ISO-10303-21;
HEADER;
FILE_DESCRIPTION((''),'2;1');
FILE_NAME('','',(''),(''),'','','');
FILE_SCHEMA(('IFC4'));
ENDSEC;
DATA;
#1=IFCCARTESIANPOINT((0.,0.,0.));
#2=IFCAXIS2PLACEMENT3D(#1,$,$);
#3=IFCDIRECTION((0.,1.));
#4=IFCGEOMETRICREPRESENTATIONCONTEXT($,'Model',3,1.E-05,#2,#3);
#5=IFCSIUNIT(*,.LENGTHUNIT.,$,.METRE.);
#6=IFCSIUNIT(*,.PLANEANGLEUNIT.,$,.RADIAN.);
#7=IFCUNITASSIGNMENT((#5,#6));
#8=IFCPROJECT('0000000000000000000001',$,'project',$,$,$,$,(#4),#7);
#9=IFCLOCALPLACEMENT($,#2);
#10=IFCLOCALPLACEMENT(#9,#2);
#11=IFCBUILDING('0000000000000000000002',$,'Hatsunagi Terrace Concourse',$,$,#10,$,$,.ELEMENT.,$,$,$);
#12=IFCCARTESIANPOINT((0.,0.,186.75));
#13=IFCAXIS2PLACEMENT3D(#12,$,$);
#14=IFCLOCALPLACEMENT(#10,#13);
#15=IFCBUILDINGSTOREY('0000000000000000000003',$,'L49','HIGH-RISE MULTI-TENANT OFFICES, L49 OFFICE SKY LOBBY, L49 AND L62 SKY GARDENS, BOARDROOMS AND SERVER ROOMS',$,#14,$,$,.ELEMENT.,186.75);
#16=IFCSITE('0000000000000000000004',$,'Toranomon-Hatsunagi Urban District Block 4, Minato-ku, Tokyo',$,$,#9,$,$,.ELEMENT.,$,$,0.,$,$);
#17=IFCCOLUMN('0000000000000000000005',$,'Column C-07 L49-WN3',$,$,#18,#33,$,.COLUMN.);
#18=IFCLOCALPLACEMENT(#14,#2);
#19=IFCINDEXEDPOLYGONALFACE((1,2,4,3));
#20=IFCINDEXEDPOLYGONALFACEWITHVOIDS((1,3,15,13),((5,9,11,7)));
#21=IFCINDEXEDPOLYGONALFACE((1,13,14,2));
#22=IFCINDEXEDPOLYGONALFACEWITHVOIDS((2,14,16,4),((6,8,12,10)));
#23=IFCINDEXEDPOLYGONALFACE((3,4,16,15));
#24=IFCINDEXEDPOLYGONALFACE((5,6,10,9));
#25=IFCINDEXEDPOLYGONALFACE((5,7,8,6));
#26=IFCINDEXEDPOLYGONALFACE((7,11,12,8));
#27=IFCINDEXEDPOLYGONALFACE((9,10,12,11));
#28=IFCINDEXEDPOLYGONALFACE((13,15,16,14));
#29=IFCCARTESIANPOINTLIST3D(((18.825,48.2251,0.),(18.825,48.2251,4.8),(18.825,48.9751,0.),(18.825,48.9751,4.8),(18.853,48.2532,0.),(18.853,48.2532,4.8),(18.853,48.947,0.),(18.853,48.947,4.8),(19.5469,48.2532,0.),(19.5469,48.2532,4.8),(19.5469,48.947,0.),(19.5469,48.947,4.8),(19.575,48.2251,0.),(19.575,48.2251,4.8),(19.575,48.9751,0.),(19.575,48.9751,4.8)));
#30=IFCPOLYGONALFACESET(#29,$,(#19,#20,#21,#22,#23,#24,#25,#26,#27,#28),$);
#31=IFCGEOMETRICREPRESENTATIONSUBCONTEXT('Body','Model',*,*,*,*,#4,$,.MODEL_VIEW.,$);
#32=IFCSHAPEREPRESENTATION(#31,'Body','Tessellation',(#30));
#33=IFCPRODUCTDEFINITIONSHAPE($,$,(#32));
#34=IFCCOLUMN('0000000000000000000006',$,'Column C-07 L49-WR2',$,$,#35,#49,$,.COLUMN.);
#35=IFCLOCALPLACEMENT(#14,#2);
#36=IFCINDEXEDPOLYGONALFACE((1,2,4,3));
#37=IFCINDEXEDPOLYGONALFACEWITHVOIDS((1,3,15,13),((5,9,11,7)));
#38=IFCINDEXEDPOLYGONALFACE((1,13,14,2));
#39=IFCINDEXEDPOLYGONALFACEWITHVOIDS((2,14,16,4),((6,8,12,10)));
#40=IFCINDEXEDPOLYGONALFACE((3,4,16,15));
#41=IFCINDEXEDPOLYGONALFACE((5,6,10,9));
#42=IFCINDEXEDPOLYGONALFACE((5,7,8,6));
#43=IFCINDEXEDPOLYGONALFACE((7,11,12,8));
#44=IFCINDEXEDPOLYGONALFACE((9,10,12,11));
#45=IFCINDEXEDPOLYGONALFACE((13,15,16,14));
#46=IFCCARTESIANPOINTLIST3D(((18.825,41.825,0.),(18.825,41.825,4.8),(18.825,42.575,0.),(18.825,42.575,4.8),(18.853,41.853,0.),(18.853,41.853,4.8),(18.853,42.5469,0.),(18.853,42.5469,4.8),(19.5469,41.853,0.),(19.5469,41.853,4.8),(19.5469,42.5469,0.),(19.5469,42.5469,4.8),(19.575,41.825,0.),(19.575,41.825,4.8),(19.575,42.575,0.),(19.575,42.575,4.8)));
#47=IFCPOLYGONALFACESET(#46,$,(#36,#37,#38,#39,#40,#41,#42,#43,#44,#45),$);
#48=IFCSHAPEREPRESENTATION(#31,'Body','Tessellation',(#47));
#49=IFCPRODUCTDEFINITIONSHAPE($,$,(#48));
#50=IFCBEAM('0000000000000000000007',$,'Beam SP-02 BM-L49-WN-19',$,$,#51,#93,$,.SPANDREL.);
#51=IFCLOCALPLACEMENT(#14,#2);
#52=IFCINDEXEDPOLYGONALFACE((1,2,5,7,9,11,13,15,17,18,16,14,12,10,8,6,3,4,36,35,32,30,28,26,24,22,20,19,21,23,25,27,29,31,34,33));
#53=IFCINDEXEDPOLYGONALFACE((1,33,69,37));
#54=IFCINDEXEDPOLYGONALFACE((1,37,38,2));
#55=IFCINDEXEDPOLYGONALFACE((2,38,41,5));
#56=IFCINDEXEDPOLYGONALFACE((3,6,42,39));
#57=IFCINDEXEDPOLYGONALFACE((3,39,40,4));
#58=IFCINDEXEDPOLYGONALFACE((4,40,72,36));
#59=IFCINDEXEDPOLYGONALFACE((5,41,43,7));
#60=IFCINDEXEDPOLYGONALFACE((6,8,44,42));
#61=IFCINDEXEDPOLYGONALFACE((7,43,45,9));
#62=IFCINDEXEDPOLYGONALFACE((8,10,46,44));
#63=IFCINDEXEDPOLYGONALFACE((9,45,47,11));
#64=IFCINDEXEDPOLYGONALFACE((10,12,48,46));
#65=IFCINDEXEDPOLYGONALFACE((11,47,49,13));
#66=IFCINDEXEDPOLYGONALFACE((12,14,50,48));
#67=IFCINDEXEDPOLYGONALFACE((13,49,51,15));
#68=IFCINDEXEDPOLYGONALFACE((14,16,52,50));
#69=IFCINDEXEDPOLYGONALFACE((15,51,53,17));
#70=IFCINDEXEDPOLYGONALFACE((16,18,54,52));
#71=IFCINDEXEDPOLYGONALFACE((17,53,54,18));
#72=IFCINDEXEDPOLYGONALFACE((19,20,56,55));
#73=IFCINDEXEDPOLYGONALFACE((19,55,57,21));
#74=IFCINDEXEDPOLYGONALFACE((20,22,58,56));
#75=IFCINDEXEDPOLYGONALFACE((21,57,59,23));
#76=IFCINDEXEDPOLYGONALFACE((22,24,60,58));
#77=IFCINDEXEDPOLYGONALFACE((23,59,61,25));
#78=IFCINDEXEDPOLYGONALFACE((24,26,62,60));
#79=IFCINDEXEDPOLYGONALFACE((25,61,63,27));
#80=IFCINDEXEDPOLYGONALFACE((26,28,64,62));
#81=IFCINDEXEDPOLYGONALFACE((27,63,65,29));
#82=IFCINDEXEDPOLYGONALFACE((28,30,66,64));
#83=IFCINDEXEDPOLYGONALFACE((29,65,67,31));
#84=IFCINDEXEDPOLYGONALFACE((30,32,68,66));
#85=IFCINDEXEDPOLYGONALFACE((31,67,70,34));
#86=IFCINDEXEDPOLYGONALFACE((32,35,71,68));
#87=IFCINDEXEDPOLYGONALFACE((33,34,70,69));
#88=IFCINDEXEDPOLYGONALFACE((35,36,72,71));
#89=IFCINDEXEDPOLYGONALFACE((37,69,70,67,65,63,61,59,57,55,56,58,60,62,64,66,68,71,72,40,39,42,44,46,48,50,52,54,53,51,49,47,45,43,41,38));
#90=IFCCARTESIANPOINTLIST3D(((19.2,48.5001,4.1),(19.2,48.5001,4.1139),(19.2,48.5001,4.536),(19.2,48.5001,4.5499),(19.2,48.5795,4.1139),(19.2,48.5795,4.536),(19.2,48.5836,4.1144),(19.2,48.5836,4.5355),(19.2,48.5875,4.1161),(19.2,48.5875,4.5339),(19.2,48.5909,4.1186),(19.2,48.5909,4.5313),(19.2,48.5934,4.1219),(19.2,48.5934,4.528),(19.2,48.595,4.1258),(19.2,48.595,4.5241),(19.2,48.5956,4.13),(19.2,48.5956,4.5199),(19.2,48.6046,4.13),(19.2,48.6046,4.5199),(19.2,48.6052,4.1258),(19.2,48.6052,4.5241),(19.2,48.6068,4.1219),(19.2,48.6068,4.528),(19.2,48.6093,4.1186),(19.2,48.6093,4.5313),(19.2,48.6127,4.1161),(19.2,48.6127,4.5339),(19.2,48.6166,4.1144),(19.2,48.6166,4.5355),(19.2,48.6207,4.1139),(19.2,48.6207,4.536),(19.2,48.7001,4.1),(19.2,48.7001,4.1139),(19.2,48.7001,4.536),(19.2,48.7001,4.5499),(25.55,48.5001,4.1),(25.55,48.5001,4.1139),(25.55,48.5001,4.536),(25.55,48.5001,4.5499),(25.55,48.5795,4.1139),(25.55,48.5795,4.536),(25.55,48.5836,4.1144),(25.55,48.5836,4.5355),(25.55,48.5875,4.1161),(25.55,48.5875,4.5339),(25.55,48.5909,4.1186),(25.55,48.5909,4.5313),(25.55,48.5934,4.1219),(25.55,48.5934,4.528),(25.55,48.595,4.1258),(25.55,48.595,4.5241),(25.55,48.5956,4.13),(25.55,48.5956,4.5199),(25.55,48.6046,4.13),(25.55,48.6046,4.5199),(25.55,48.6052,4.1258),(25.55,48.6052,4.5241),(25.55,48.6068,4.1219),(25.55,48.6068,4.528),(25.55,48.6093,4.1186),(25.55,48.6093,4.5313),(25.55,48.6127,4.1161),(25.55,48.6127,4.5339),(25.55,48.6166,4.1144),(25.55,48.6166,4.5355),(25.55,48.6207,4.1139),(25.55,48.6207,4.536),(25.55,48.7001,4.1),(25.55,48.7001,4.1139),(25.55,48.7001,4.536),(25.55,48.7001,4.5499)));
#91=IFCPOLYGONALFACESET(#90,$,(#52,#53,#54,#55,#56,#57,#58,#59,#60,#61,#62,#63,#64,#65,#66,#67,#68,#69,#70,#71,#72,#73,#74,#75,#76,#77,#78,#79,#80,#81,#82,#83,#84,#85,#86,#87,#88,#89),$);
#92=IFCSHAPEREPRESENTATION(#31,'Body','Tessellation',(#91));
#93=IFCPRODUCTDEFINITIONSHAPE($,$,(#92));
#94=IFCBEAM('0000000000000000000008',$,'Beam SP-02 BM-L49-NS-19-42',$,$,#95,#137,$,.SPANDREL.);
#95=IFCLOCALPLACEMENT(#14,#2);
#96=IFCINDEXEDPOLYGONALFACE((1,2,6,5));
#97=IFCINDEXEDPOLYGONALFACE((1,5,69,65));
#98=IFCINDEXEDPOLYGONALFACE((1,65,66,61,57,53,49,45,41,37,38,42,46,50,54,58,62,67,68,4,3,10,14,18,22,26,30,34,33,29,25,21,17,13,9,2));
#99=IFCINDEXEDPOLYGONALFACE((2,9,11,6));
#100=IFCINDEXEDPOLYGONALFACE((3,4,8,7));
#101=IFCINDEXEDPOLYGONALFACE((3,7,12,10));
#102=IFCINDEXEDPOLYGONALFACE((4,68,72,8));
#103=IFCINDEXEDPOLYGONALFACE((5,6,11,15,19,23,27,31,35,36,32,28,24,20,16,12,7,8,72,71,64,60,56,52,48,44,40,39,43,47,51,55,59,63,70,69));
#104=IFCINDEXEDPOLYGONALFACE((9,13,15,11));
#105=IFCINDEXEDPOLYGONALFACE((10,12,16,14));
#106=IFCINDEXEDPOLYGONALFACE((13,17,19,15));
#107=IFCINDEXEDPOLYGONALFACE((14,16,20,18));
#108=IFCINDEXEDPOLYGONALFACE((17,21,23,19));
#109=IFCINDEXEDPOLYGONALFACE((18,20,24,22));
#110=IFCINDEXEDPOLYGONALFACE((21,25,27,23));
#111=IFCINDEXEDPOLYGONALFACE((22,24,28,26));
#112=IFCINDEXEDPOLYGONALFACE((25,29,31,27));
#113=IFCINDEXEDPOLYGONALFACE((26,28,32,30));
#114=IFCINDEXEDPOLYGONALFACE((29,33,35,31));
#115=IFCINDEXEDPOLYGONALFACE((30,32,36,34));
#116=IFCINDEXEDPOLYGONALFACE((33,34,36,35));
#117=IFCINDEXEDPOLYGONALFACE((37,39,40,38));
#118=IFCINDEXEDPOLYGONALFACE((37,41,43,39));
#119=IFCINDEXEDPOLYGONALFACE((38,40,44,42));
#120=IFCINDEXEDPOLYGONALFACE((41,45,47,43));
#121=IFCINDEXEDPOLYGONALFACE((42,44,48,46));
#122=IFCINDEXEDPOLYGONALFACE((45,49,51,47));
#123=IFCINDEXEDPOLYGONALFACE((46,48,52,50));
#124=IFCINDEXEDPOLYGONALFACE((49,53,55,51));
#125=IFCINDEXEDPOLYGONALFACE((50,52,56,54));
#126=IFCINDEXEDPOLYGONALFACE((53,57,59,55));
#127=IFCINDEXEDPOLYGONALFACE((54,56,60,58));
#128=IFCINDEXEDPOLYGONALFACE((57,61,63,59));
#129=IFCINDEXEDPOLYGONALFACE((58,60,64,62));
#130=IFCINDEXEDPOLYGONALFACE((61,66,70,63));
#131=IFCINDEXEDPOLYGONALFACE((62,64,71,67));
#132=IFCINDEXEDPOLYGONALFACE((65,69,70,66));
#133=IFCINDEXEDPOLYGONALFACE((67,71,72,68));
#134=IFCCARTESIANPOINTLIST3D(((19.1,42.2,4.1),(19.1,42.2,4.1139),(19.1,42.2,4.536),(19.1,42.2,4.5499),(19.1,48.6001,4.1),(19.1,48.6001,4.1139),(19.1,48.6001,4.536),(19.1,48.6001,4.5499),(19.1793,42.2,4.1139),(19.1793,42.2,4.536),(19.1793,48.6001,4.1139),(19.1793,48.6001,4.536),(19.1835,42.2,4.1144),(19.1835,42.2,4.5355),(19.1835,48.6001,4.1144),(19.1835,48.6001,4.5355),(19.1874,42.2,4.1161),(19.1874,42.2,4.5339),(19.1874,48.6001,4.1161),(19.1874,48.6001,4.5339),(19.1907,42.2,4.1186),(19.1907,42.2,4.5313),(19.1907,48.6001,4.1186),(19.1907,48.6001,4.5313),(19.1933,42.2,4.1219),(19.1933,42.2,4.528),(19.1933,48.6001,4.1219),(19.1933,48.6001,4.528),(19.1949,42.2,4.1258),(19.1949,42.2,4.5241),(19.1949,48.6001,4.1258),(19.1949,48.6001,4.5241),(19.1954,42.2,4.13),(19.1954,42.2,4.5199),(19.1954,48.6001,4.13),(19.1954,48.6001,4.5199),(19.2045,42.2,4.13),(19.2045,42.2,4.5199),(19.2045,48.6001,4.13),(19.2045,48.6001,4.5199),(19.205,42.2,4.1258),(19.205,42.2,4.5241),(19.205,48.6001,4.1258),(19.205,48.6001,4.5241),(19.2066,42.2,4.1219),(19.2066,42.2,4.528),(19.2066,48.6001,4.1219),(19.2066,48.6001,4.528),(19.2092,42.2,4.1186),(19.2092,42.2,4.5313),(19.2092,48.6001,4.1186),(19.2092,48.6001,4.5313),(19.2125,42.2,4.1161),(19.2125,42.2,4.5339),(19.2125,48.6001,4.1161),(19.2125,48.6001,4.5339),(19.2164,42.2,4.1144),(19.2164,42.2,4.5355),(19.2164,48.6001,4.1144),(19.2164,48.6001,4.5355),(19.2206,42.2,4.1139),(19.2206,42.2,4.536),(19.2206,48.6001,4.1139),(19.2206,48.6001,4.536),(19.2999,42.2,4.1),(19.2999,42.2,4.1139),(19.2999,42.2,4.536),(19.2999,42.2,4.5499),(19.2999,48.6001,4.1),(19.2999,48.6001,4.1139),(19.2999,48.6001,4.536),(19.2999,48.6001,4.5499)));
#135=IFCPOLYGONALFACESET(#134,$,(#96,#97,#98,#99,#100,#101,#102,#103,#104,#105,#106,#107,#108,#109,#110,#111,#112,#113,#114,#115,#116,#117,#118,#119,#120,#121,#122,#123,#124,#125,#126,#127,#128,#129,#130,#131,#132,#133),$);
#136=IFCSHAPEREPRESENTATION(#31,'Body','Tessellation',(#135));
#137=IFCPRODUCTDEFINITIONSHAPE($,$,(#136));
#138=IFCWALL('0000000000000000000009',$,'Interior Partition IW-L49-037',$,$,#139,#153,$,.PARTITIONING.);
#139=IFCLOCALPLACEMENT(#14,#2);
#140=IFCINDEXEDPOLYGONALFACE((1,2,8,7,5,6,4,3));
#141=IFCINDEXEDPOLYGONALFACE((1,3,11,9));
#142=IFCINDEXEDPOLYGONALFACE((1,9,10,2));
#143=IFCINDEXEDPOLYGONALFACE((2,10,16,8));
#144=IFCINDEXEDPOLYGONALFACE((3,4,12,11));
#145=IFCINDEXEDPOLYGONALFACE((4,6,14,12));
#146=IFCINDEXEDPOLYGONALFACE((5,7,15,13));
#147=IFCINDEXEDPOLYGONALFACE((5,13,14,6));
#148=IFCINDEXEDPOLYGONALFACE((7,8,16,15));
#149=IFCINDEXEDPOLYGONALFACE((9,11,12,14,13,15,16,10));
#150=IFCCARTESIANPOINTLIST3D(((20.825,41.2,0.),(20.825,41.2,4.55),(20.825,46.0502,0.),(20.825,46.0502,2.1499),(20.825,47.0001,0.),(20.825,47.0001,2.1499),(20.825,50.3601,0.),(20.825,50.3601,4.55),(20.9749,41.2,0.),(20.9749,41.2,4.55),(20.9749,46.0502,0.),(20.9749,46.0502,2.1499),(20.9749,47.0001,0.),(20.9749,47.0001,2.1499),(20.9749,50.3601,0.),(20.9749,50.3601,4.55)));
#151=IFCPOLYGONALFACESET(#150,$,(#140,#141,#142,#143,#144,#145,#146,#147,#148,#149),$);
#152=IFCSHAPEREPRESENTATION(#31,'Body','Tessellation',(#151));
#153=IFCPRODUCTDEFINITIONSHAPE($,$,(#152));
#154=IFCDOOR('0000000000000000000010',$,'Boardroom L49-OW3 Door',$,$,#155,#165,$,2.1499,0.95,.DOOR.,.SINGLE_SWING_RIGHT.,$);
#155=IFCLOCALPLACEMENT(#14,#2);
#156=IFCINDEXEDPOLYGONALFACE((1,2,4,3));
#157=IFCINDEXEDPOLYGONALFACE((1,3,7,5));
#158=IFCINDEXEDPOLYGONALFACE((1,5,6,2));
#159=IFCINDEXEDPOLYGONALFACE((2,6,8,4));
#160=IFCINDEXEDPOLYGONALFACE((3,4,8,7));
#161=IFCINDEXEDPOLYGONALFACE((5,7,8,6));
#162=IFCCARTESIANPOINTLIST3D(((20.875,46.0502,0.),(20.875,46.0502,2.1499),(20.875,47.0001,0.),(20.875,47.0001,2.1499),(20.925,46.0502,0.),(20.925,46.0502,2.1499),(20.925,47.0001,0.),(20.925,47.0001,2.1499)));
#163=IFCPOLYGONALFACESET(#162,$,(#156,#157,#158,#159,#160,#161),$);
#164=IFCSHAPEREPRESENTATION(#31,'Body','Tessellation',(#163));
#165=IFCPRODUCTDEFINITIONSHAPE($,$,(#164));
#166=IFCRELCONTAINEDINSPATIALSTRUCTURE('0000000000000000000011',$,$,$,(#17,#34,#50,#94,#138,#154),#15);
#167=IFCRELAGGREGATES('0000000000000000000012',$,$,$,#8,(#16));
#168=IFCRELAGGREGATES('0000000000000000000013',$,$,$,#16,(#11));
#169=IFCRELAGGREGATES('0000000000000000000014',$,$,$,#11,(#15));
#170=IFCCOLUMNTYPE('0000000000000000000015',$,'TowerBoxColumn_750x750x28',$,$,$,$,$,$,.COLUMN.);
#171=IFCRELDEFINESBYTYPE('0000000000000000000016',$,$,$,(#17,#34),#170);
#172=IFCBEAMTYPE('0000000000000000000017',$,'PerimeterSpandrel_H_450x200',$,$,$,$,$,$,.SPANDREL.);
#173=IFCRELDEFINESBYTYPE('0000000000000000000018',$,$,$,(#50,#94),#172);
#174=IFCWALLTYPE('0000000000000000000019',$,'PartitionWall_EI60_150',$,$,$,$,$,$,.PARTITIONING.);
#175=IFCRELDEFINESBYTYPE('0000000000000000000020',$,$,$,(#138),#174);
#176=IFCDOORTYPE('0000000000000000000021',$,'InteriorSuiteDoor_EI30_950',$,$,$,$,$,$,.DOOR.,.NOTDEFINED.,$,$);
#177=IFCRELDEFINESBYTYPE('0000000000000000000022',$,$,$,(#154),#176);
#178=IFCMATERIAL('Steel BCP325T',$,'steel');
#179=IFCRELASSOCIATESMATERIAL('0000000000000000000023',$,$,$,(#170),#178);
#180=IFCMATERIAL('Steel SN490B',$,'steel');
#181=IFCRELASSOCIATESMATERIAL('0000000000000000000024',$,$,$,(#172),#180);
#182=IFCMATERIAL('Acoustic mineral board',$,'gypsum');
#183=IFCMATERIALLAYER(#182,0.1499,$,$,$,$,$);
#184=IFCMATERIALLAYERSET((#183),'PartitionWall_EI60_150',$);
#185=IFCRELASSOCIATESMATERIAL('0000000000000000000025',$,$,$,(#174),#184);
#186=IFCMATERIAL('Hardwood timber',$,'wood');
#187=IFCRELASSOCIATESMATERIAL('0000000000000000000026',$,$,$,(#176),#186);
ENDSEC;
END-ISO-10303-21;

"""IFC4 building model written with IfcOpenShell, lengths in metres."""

from ifc_helpers import new_model, si_unit, direction, frame, frame_2d, origin, origin_2d, place, context, subcontext, project, spatial, rectangle, hollow_rectangle, i_section, extrude, material, layer, layer_set, material_profile, profile_set, type_object, element, fill, save


model = new_model("IFC4")

# Units and contexts
model_context = context("Model", 3, precision=1e-05, world=origin(), true_north=direction((0.0, 1.0)))
body_context = subcontext(model_context, "Body", "Model", "MODEL_VIEW")
ifc_project = project(units=[si_unit("LENGTHUNIT", "METRE"), si_unit("PLANEANGLEUNIT", "RADIAN")], contexts=[model_context])

# Site, building, storey
site_placement = place(None, origin())
site = spatial("IfcSite", under=ifc_project, at=site_placement, Name="Toranomon-Hatsunagi Urban District Block 4, Minato-ku, Tokyo", CompositionType="ELEMENT", RefElevation=0.0)
building_placement = place(site_placement, origin())
building = spatial("IfcBuilding", under=site, at=building_placement, Name="Hatsunagi Terrace Concourse", CompositionType="ELEMENT")
storey_placement = place(building_placement, frame((0.0, 0.0, 186.75)))
storey = spatial("IfcBuildingStorey", under=building, at=storey_placement, Name="L49", Description="HIGH-RISE MULTI-TENANT OFFICES, L49 OFFICE SKY LOBBY, L49 AND L62 SKY GARDENS, BOARDROOMS AND SERVER ROOMS", CompositionType="ELEMENT", Elevation=186.75)

# Columns
ifc_material_1 = material(Name="Steel BCP325T", Category="steel")
ifc_material_profile_1 = material_profile(ifc_material_1, hollow_rectangle(XDim=0.75, YDim=0.75, WallThickness=0.0281, at=origin_2d()), Name="BCP-750x750x28")
ifc_profile_set_1 = profile_set([ifc_material_profile_1], Name="Steel BCP325T")
column_type = type_object("IfcColumnType", Name="TowerBoxColumn_750x750x28", PredefinedType="COLUMN", material=ifc_profile_set_1)
for number, where, z_axis, x_axis, name in (
    (1, (19.2, 48.6001, 0.0), (0.0, 0.0, 1.0), (1.0, 0.0, 0.0), "Column C-07 L49-WN3"),
    (2, (19.2, 42.2, 0.0), (0.0, 0.0, 1.0), (1.0, 0.0, 0.0), "Column C-07 L49-WR2"),
):
    element("IfcColumn", number, at=place(storey_placement, frame(where, z_axis=z_axis, x_axis=x_axis)), inside=storey, type_object=column_type, Name=name, PredefinedType="COLUMN", context=body_context, shape_type="SweptSolid", body=[
        extrude(hollow_rectangle(XDim=0.75, YDim=0.75, WallThickness=0.0281, at=origin_2d()), origin(), (0.0, 0.0, 1.0), 4.8),
    ])

# Beams
ifc_material_2 = material(Name="Steel SN490B", Category="steel")
ifc_material_profile_2 = material_profile(ifc_material_2, i_section(OverallWidth=0.2, OverallDepth=0.45, WebThickness=0.009, FlangeThickness=0.0139, FilletRadius=0.0161, at=origin_2d()), Name="H-450x200x9x14")
ifc_profile_set_2 = profile_set([ifc_material_profile_2], Name="Steel SN490B")
beam_type = type_object("IfcBeamType", Name="PerimeterSpandrel_H_450x200", PredefinedType="SPANDREL", material=ifc_profile_set_2)
beam_1_placement = place(storey_placement, frame((19.2, 48.6001, 4.325), z_axis=(1.0, 0.0, 0.0), x_axis=(0.0, 1.0, 0.0)))
element("IfcBeam", 3, at=beam_1_placement, inside=storey, type_object=beam_type, Name="Beam SP-02 BM-L49-WN-19", PredefinedType="SPANDREL", context=body_context, shape_type="SweptSolid", body=[
    extrude(i_section(OverallWidth=0.2, OverallDepth=0.45, WebThickness=0.009, FlangeThickness=0.0139, FilletRadius=0.0161, at=origin_2d()), origin(), (0.0, 0.0, 1.0), 6.3501),
])
beam_2_placement = place(storey_placement, frame((19.2, 42.2, 4.325), z_axis=(0.0, 1.0, 0.0), x_axis=(-1.0, 0.0, 0.0)))
element("IfcBeam", 4, at=beam_2_placement, inside=storey, type_object=beam_type, Name="Beam SP-02 BM-L49-NS-19-42", PredefinedType="SPANDREL", context=body_context, shape_type="SweptSolid", body=[
    extrude(i_section(OverallWidth=0.2, OverallDepth=0.45, WebThickness=0.009, FlangeThickness=0.0139, FilletRadius=0.0161, at=origin_2d()), origin(), (0.0, 0.0, 1.0), 6.4001),
])

# Wall, opening, door
ifc_material_3 = material(Name="Acoustic mineral board", Category="gypsum")
ifc_layer_1 = layer(ifc_material_3, 0.1499)
ifc_layer_set_1 = layer_set([ifc_layer_1], Name="PartitionWall_EI60_150")
wall_type_1 = type_object("IfcWallType", Name="PartitionWall_EI60_150", PredefinedType="PARTITIONING", material=ifc_layer_set_1)
wall_1_placement = place(storey_placement, frame((20.8999, 41.2, 0.0), z_axis=(0.0, 0.0, 1.0), x_axis=(0.0, 1.0, 0.0)))
wall_1 = element("IfcWall", 5, at=wall_1_placement, inside=storey, type_object=wall_type_1, Name="Interior Partition IW-L49-037", PredefinedType="PARTITIONING", context=body_context, shape_type="SweptSolid", body=[
    extrude(rectangle(XDim=9.1602, YDim=0.1499, at=frame_2d((4.5801, 0.0))), origin(), (0.0, 0.0, 1.0), 4.55),
])
opening_1_placement = place(wall_1_placement, frame((4.8501, 0.0, 0.0)))
opening_1 = element("IfcOpeningElement", 6, at=opening_1_placement, cuts=wall_1, PredefinedType="OPENING", context=body_context, shape_type="SweptSolid", body=[
    extrude(rectangle(XDim=0.95, YDim=2.1499, at=frame_2d((0.4751, 1.075))), frame((0.0, 0.085, 0.0), z_axis=(0.0, -1.0, 0.0), x_axis=(1.0, 0.0, 0.0)), (0.0, 0.0, 1.0), 0.1699),
])
ifc_material_4 = material(Name="Hardwood timber", Category="wood")
door_type_1 = type_object("IfcDoorType", Name="InteriorSuiteDoor_EI30_950", OperationType="NOTDEFINED", PredefinedType="DOOR", material=ifc_material_4)
door_1_placement = place(opening_1_placement, origin())
door_1 = element("IfcDoor", 7, at=door_1_placement, inside=storey, type_object=door_type_1, Name="Boardroom L49-OW3 Door", OperationType="SINGLE_SWING_RIGHT", OverallHeight=2.1499, OverallWidth=0.95, PredefinedType="DOOR", context=body_context, shape_type="SweptSolid", body=[
    extrude(rectangle(XDim=0.95, YDim=2.1499, at=frame_2d((0.4751, 1.075))), frame((0.0, 0.0249, 0.0), z_axis=(0.0, -1.0, 0.0), x_axis=(1.0, 0.0, 0.0)), (0.0, 0.0, 1.0), 0.05),
])
fill(opening_1, door_1)

save(model, "model.ifc")
